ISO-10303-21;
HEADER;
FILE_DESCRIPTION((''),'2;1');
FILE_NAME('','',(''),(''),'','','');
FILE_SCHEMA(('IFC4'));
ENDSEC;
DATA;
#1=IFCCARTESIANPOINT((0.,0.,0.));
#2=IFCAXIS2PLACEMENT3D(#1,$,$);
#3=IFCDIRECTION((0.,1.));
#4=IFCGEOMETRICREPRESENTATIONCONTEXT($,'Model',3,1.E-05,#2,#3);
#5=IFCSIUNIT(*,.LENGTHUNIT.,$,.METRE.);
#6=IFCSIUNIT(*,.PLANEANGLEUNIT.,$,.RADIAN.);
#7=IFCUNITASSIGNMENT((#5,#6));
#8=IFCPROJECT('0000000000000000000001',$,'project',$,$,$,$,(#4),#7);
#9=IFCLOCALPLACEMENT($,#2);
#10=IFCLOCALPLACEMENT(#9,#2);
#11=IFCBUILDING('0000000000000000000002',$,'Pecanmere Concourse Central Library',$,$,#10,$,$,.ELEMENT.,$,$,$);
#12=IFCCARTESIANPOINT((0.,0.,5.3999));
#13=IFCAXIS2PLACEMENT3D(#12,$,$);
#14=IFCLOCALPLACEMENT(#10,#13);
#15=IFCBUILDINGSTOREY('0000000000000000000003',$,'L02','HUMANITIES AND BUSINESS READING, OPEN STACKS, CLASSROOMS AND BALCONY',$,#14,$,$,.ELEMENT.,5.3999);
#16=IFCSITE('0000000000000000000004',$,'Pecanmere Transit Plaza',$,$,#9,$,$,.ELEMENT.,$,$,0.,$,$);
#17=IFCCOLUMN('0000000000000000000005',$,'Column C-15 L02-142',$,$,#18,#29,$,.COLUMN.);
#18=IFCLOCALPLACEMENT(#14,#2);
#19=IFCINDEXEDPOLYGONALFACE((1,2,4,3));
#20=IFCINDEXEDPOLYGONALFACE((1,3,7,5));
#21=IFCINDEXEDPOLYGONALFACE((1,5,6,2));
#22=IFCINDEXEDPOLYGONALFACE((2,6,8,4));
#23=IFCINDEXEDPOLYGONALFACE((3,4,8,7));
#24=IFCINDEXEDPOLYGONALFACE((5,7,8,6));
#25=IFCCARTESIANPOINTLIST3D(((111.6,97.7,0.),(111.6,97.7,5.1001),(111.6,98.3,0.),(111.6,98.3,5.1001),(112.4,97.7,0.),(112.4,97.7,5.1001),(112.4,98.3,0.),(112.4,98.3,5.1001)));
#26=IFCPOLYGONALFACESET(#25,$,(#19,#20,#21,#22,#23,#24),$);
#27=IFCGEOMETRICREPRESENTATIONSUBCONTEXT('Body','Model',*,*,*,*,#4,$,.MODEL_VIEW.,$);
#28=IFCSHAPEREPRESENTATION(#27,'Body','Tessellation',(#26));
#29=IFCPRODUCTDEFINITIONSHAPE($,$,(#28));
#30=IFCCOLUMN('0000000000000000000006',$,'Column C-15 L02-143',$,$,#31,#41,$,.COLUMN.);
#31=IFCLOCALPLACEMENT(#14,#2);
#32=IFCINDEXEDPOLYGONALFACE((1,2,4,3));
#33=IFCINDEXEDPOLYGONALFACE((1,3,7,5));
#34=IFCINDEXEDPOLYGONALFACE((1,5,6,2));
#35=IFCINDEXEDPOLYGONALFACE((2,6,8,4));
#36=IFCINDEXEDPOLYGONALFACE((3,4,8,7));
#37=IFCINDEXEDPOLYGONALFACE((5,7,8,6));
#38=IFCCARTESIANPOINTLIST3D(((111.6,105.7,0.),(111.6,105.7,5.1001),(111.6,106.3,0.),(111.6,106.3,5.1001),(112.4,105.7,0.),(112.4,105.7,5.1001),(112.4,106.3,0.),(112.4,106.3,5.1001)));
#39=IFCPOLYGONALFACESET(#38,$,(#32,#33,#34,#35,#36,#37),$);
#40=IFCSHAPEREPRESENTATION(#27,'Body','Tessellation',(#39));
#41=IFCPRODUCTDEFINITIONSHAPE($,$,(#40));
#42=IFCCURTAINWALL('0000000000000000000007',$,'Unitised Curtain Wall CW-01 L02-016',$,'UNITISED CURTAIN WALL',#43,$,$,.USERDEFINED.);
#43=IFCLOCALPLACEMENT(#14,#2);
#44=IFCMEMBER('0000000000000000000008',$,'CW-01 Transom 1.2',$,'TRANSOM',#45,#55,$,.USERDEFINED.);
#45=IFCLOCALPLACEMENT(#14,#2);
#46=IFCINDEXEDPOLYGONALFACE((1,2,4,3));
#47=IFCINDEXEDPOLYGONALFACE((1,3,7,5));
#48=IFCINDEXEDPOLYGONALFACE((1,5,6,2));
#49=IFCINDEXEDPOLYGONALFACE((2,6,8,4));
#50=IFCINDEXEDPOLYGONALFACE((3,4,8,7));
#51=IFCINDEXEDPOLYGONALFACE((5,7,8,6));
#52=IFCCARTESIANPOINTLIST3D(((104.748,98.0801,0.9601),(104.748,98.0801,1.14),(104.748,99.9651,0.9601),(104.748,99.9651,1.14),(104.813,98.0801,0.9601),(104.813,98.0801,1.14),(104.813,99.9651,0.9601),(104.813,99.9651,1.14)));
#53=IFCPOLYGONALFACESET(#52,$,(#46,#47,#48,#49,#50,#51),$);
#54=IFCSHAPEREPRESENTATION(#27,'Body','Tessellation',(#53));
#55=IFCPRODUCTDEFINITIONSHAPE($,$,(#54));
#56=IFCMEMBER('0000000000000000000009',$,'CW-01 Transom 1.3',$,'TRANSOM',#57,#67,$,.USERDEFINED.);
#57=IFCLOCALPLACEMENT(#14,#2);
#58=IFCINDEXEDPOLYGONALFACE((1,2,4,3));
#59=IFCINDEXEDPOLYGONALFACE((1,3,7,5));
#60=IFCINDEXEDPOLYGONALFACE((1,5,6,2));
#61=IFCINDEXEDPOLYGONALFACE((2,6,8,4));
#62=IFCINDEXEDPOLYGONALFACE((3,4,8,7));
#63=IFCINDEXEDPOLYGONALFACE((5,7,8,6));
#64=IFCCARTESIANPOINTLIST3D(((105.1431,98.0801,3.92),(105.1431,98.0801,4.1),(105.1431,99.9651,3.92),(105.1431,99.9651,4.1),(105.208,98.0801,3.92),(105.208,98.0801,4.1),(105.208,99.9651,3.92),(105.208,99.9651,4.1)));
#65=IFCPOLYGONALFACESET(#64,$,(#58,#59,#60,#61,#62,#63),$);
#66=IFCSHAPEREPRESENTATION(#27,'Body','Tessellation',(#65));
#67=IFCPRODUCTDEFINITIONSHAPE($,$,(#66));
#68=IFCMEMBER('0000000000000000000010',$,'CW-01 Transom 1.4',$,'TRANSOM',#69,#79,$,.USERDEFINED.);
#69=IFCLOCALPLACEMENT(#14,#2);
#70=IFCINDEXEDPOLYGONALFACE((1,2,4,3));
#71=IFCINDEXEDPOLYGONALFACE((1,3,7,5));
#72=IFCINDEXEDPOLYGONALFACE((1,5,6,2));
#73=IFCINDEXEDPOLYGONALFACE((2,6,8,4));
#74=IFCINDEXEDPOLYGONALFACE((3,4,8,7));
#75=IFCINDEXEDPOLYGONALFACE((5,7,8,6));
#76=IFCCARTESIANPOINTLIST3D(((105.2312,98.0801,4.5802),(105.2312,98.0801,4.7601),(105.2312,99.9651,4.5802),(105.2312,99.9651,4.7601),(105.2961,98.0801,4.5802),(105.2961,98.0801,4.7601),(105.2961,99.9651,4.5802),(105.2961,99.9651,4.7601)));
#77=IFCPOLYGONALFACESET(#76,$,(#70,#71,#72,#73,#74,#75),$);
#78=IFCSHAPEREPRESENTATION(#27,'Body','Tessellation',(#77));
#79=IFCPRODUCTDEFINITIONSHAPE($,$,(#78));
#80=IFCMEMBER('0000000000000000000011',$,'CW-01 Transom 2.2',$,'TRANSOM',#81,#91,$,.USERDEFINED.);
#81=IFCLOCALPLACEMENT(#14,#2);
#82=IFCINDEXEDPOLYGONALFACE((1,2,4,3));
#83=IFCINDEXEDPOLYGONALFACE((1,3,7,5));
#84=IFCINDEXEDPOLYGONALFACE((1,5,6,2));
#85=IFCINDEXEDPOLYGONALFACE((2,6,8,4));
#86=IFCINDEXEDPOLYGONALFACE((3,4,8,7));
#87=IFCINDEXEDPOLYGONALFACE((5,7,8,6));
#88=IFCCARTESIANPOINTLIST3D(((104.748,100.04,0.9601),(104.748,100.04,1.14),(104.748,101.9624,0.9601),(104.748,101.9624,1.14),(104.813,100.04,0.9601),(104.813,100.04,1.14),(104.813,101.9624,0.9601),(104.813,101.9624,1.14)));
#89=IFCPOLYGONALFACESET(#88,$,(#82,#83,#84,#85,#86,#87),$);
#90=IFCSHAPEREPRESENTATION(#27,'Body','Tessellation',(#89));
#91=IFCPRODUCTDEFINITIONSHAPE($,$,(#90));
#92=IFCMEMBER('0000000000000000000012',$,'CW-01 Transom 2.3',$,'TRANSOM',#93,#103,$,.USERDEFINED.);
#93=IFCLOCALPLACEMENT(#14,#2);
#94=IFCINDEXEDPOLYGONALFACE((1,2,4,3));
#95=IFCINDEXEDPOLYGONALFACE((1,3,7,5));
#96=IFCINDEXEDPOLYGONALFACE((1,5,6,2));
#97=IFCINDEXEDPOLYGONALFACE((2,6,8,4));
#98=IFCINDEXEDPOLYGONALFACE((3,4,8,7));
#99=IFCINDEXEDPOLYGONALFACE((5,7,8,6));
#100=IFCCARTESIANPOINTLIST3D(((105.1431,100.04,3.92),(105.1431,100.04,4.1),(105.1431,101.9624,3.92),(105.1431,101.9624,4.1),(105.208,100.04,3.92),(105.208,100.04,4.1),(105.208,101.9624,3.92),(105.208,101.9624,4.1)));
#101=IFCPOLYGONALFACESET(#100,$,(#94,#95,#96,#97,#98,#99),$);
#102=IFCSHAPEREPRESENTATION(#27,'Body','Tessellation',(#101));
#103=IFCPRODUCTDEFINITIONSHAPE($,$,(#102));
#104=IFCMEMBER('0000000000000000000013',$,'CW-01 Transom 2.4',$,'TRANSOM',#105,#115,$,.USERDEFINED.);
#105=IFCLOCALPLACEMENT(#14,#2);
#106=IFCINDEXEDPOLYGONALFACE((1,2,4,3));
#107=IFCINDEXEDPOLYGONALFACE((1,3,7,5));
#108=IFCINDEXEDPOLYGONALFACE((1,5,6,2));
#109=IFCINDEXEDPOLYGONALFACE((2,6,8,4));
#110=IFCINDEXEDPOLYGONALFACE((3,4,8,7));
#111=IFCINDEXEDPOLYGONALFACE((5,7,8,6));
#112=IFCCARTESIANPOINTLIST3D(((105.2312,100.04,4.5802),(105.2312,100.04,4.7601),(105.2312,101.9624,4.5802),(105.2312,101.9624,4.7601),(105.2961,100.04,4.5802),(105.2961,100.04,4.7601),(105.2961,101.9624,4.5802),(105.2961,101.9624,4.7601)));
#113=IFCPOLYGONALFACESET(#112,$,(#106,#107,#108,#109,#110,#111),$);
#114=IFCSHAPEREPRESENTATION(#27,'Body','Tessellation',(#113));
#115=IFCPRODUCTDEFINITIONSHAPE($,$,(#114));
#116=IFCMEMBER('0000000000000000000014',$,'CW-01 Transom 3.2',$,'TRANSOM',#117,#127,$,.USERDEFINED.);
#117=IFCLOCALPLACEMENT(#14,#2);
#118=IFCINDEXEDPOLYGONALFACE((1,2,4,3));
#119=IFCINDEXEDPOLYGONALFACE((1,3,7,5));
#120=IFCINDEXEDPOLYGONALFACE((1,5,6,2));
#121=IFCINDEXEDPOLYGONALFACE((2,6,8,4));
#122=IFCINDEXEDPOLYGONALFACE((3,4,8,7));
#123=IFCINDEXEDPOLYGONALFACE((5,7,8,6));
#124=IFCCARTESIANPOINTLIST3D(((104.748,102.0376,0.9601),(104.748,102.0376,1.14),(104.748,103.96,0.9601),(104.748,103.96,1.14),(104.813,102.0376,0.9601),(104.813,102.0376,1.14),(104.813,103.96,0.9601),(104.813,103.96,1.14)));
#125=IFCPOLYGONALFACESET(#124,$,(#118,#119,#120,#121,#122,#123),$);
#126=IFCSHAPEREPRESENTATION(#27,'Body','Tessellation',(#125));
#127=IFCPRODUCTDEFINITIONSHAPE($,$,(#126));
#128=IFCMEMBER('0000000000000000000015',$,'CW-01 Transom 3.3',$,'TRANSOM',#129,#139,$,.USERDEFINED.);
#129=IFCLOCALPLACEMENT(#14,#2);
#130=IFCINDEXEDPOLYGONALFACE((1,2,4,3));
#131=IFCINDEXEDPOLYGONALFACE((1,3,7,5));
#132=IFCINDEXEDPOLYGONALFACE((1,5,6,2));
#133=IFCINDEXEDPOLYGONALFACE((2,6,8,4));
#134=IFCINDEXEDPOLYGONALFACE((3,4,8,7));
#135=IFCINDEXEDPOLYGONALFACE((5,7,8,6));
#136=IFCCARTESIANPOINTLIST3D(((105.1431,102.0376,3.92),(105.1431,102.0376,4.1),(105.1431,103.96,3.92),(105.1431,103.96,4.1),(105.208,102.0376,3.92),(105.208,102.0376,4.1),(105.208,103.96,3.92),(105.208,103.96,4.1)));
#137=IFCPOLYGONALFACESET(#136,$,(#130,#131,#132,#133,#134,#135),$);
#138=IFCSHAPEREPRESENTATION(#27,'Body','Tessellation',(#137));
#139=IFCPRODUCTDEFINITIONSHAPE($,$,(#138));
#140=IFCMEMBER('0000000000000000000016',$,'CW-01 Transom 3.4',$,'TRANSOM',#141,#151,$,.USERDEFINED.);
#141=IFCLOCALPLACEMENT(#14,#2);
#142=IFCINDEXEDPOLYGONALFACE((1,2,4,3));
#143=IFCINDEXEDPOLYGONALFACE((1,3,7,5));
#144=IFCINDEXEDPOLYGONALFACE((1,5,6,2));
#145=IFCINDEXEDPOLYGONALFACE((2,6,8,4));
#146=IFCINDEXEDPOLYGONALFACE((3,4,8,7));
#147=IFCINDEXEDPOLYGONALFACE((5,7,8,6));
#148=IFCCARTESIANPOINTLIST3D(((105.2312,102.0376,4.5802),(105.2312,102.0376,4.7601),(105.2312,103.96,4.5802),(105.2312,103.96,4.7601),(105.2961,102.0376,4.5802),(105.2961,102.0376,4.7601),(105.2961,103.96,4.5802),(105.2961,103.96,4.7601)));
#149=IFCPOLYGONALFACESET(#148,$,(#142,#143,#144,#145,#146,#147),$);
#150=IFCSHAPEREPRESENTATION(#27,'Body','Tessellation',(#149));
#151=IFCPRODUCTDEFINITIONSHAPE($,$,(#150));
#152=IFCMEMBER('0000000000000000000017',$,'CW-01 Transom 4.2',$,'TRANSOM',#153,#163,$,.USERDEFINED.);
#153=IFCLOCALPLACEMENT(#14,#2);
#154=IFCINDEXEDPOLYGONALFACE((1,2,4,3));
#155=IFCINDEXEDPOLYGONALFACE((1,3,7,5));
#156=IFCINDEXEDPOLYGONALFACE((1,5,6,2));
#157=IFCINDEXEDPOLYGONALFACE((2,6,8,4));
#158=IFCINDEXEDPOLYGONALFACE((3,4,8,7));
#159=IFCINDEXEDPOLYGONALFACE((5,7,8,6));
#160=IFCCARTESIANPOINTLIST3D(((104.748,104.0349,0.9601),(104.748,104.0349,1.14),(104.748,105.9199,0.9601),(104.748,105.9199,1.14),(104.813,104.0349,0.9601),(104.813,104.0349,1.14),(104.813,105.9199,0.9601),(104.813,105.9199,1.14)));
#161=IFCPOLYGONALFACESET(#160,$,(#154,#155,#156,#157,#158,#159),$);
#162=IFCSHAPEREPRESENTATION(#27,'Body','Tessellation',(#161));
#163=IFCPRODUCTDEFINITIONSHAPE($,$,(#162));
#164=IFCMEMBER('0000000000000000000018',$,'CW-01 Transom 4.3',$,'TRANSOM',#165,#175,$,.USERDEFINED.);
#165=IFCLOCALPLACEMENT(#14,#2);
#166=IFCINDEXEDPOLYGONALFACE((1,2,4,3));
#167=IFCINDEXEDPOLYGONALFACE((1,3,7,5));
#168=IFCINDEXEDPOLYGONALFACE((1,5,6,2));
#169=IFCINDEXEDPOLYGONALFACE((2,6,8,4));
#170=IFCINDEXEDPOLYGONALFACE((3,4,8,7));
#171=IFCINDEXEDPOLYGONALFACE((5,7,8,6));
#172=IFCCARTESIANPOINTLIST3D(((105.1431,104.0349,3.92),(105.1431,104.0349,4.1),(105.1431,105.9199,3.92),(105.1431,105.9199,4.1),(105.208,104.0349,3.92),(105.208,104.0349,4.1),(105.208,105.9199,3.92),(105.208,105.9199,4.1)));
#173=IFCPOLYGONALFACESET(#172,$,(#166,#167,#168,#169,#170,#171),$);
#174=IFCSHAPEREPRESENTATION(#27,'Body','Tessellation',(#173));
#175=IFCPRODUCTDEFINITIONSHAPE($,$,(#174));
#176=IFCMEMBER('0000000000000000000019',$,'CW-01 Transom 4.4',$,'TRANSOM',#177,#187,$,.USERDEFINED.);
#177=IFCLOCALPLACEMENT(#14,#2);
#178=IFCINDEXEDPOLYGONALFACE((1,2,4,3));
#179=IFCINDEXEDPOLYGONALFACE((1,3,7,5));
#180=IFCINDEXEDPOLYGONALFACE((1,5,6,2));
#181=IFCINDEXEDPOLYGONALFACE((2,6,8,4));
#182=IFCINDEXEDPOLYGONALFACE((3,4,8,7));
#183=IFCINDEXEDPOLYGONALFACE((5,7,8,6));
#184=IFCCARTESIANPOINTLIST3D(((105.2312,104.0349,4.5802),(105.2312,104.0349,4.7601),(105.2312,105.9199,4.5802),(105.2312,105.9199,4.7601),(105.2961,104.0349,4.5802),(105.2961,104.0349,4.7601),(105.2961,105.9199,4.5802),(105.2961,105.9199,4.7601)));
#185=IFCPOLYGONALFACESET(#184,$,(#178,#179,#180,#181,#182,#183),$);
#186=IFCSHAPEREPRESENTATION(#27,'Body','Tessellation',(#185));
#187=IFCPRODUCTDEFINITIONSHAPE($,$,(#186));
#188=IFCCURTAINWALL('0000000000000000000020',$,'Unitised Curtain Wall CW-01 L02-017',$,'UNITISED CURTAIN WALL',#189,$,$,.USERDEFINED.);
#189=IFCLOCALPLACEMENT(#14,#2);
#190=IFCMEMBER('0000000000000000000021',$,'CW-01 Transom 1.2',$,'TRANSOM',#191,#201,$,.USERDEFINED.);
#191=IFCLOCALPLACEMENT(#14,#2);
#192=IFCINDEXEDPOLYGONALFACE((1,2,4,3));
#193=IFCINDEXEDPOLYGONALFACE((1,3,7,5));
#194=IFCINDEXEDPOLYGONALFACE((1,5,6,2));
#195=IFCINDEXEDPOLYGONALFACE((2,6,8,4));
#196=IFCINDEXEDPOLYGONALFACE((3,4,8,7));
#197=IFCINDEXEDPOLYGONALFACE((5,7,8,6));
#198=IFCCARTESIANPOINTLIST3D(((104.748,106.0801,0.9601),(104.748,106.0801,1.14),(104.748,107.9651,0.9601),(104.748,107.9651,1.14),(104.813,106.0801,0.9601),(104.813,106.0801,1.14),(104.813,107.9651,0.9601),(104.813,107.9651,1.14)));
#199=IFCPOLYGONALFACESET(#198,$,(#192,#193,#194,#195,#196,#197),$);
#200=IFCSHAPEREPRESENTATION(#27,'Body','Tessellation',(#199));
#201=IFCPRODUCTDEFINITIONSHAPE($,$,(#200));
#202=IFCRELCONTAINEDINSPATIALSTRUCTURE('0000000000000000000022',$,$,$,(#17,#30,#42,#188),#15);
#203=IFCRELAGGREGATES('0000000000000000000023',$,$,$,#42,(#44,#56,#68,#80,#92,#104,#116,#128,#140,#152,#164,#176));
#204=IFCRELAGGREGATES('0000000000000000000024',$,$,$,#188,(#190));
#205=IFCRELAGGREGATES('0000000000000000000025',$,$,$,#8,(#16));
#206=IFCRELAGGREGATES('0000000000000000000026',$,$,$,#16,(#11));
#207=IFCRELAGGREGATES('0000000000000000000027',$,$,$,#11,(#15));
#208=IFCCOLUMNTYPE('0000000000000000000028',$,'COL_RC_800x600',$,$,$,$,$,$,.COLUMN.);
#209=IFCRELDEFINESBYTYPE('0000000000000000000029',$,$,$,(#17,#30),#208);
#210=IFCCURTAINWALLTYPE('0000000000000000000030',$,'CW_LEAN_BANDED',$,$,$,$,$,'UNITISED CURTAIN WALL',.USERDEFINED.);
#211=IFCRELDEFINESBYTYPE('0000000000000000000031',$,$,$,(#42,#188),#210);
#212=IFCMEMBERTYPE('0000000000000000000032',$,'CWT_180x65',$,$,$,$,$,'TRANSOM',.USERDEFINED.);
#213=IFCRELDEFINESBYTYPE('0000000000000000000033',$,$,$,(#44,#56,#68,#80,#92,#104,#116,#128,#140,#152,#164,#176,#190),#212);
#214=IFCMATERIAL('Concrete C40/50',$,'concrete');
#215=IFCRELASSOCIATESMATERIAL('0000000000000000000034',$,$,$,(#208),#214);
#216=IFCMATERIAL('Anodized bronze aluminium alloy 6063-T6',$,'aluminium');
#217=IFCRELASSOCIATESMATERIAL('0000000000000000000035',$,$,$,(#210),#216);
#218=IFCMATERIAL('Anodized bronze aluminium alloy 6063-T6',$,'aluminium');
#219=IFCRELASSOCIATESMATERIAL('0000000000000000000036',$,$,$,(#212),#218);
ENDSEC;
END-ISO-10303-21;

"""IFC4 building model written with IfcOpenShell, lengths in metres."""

from ifc_helpers import new_model, si_unit, direction, frame, origin, origin_2d, place, context, subcontext, project, spatial, rectangle, extrude, material, material_profile, profile_set, type_object, element, aggregate, save


model = new_model("IFC4")

# Units and contexts
model_context = context("Model", 3, precision=1e-05, world=origin(), true_north=direction((0.0, 1.0)))
body_context = subcontext(model_context, "Body", "Model", "MODEL_VIEW")
ifc_project = project(units=[si_unit("LENGTHUNIT", "METRE"), si_unit("PLANEANGLEUNIT", "RADIAN")], contexts=[model_context])

# Site, building, storey
site_placement = place(None, origin())
site = spatial("IfcSite", under=ifc_project, at=site_placement, Name="Pecanmere Transit Plaza", CompositionType="ELEMENT", RefElevation=0.0)
building_placement = place(site_placement, origin())
building = spatial("IfcBuilding", under=site, at=building_placement, Name="Pecanmere Concourse Central Library", CompositionType="ELEMENT")
storey_placement = place(building_placement, frame((0.0, 0.0, 5.3999)))
storey = spatial("IfcBuildingStorey", under=building, at=storey_placement, Name="L02", Description="HUMANITIES AND BUSINESS READING, OPEN STACKS, CLASSROOMS AND BALCONY", CompositionType="ELEMENT", Elevation=5.3999)

# Columns
ifc_material_1 = material(Name="Concrete C40/50", Category="concrete")
ifc_material_profile_1 = material_profile(ifc_material_1, rectangle(XDim=0.8, YDim=0.6001, at=origin_2d()), Name="RC 800x600")
ifc_profile_set_1 = profile_set([ifc_material_profile_1], Name="Concrete C40/50")
column_type = type_object("IfcColumnType", Name="COL_RC_800x600", PredefinedType="COLUMN", material=ifc_profile_set_1)
for number, where, z_axis, x_axis, name in (
    (1, (112.0, 98.0, 0.0), (0.0, 0.0, 1.0), (1.0, 0.0, 0.0), "Column C-15 L02-142"),
    (2, (112.0, 106.0, 0.0), (0.0, 0.0, 1.0), (1.0, 0.0, 0.0), "Column C-15 L02-143"),
):
    element("IfcColumn", number, at=place(storey_placement, frame(where, z_axis=z_axis, x_axis=x_axis)), inside=storey, type_object=column_type, Name=name, PredefinedType="COLUMN", context=body_context, shape_type="SweptSolid", body=[
        extrude(rectangle(XDim=0.8, YDim=0.6001, at=origin_2d()), origin(), (0.0, 0.0, 1.0), 5.1001),
    ])

# Curtain walls, members
ifc_material_2 = material(Name="Anodized bronze aluminium alloy 6063-T6", Category="aluminium")
curtain_wall_type = type_object("IfcCurtainWallType", Name="CW_LEAN_BANDED", ElementType="UNITISED CURTAIN WALL", PredefinedType="USERDEFINED", material=ifc_material_2)
curtain_wall_1_placement = place(storey_placement, origin())
curtain_wall_1 = element("IfcCurtainWall", 3, at=curtain_wall_1_placement, inside=storey, type_object=curtain_wall_type, Name="Unitised Curtain Wall CW-01 L02-016", ObjectType="UNITISED CURTAIN WALL", PredefinedType="USERDEFINED")
ifc_material_3 = material(Name="Anodized bronze aluminium alloy 6063-T6", Category="aluminium")
ifc_material_profile_2 = material_profile(ifc_material_3, rectangle(XDim=0.0649, YDim=0.1799, at=origin_2d()), Name="AL 65x180")
ifc_profile_set_2 = profile_set([ifc_material_profile_2], Name="Anodized bronze aluminium alloy 6063-T6")
member_type = type_object("IfcMemberType", Name="CWT_180x65", ElementType="TRANSOM", PredefinedType="USERDEFINED", material=ifc_profile_set_2)
member_1_placement = place(storey_placement, frame((104.7805, 98.0801, 1.05), z_axis=(0.0, 1.0, 0.0), x_axis=(-1.0, 0.0, 0.0)))
member_1 = element("IfcMember", 4, at=member_1_placement, type_object=member_type, Name="CW-01 Transom 1.2", ObjectType="TRANSOM", PredefinedType="USERDEFINED", context=body_context, shape_type="SweptSolid", body=[
    extrude(rectangle(XDim=0.0649, YDim=0.1799, at=origin_2d()), origin(), (0.0, 0.0, 1.0), 1.885),
])
member_2_placement = place(storey_placement, frame((105.1755, 98.0801, 4.01), z_axis=(0.0, 1.0, 0.0), x_axis=(-1.0, 0.0, 0.0)))
member_2 = element("IfcMember", 5, at=member_2_placement, type_object=member_type, Name="CW-01 Transom 1.3", ObjectType="TRANSOM", PredefinedType="USERDEFINED", context=body_context, shape_type="SweptSolid", body=[
    extrude(rectangle(XDim=0.0649, YDim=0.1799, at=origin_2d()), origin(), (0.0, 0.0, 1.0), 1.885),
])
member_3_placement = place(storey_placement, frame((105.2637, 98.0801, 4.6702), z_axis=(0.0, 1.0, 0.0), x_axis=(-1.0, 0.0, 0.0)))
member_3 = element("IfcMember", 6, at=member_3_placement, type_object=member_type, Name="CW-01 Transom 1.4", ObjectType="TRANSOM", PredefinedType="USERDEFINED", context=body_context, shape_type="SweptSolid", body=[
    extrude(rectangle(XDim=0.0649, YDim=0.1799, at=origin_2d()), origin(), (0.0, 0.0, 1.0), 1.885),
])
member_4_placement = place(storey_placement, frame((104.7805, 100.04, 1.05), z_axis=(0.0, 1.0, 0.0), x_axis=(-1.0, 0.0, 0.0)))
member_4 = element("IfcMember", 7, at=member_4_placement, type_object=member_type, Name="CW-01 Transom 2.2", ObjectType="TRANSOM", PredefinedType="USERDEFINED", context=body_context, shape_type="SweptSolid", body=[
    extrude(rectangle(XDim=0.0649, YDim=0.1799, at=origin_2d()), origin(), (0.0, 0.0, 1.0), 1.9224),
])
member_5_placement = place(storey_placement, frame((105.1755, 100.04, 4.01), z_axis=(0.0, 1.0, 0.0), x_axis=(-1.0, 0.0, 0.0)))
member_5 = element("IfcMember", 8, at=member_5_placement, type_object=member_type, Name="CW-01 Transom 2.3", ObjectType="TRANSOM", PredefinedType="USERDEFINED", context=body_context, shape_type="SweptSolid", body=[
    extrude(rectangle(XDim=0.0649, YDim=0.1799, at=origin_2d()), origin(), (0.0, 0.0, 1.0), 1.9224),
])
member_6_placement = place(storey_placement, frame((105.2637, 100.04, 4.6702), z_axis=(0.0, 1.0, 0.0), x_axis=(-1.0, 0.0, 0.0)))
member_6 = element("IfcMember", 9, at=member_6_placement, type_object=member_type, Name="CW-01 Transom 2.4", ObjectType="TRANSOM", PredefinedType="USERDEFINED", context=body_context, shape_type="SweptSolid", body=[
    extrude(rectangle(XDim=0.0649, YDim=0.1799, at=origin_2d()), origin(), (0.0, 0.0, 1.0), 1.9224),
])
member_7_placement = place(storey_placement, frame((104.7805, 102.0376, 1.05), z_axis=(0.0, 1.0, 0.0), x_axis=(-1.0, 0.0, 0.0)))
member_7 = element("IfcMember", 10, at=member_7_placement, type_object=member_type, Name="CW-01 Transom 3.2", ObjectType="TRANSOM", PredefinedType="USERDEFINED", context=body_context, shape_type="SweptSolid", body=[
    extrude(rectangle(XDim=0.0649, YDim=0.1799, at=origin_2d()), origin(), (0.0, 0.0, 1.0), 1.9224),
])
member_8_placement = place(storey_placement, frame((105.1755, 102.0376, 4.01), z_axis=(0.0, 1.0, 0.0), x_axis=(-1.0, 0.0, 0.0)))
member_8 = element("IfcMember", 11, at=member_8_placement, type_object=member_type, Name="CW-01 Transom 3.3", ObjectType="TRANSOM", PredefinedType="USERDEFINED", context=body_context, shape_type="SweptSolid", body=[
    extrude(rectangle(XDim=0.0649, YDim=0.1799, at=origin_2d()), origin(), (0.0, 0.0, 1.0), 1.9224),
])
member_9_placement = place(storey_placement, frame((105.2637, 102.0376, 4.6702), z_axis=(0.0, 1.0, 0.0), x_axis=(-1.0, 0.0, 0.0)))
member_9 = element("IfcMember", 12, at=member_9_placement, type_object=member_type, Name="CW-01 Transom 3.4", ObjectType="TRANSOM", PredefinedType="USERDEFINED", context=body_context, shape_type="SweptSolid", body=[
    extrude(rectangle(XDim=0.0649, YDim=0.1799, at=origin_2d()), origin(), (0.0, 0.0, 1.0), 1.9224),
])
member_10_placement = place(storey_placement, frame((104.7805, 104.0349, 1.05), z_axis=(0.0, 1.0, 0.0), x_axis=(-1.0, 0.0, 0.0)))
member_10 = element("IfcMember", 13, at=member_10_placement, type_object=member_type, Name="CW-01 Transom 4.2", ObjectType="TRANSOM", PredefinedType="USERDEFINED", context=body_context, shape_type="SweptSolid", body=[
    extrude(rectangle(XDim=0.0649, YDim=0.1799, at=origin_2d()), origin(), (0.0, 0.0, 1.0), 1.885),
])
member_11_placement = place(storey_placement, frame((105.1755, 104.0349, 4.01), z_axis=(0.0, 1.0, 0.0), x_axis=(-1.0, 0.0, 0.0)))
member_11 = element("IfcMember", 14, at=member_11_placement, type_object=member_type, Name="CW-01 Transom 4.3", ObjectType="TRANSOM", PredefinedType="USERDEFINED", context=body_context, shape_type="SweptSolid", body=[
    extrude(rectangle(XDim=0.0649, YDim=0.1799, at=origin_2d()), origin(), (0.0, 0.0, 1.0), 1.885),
])
member_12_placement = place(storey_placement, frame((105.2637, 104.0349, 4.6702), z_axis=(0.0, 1.0, 0.0), x_axis=(-1.0, 0.0, 0.0)))
member_12 = element("IfcMember", 15, at=member_12_placement, type_object=member_type, Name="CW-01 Transom 4.4", ObjectType="TRANSOM", PredefinedType="USERDEFINED", context=body_context, shape_type="SweptSolid", body=[
    extrude(rectangle(XDim=0.0649, YDim=0.1799, at=origin_2d()), origin(), (0.0, 0.0, 1.0), 1.885),
])
curtain_wall_2_placement = place(storey_placement, origin())
curtain_wall_2 = element("IfcCurtainWall", 16, at=curtain_wall_2_placement, inside=storey, type_object=curtain_wall_type, Name="Unitised Curtain Wall CW-01 L02-017", ObjectType="UNITISED CURTAIN WALL", PredefinedType="USERDEFINED")
member_13_placement = place(storey_placement, frame((104.7805, 106.0801, 1.05), z_axis=(0.0, 1.0, 0.0), x_axis=(-1.0, 0.0, 0.0)))
member_13 = element("IfcMember", 17, at=member_13_placement, type_object=member_type, Name="CW-01 Transom 1.2", ObjectType="TRANSOM", PredefinedType="USERDEFINED", context=body_context, shape_type="SweptSolid", body=[
    extrude(rectangle(XDim=0.0649, YDim=0.1799, at=origin_2d()), origin(), (0.0, 0.0, 1.0), 1.885),
])

aggregate(curtain_wall_1, [member_1, member_2, member_3, member_4, member_5, member_6, member_7, member_8, member_9, member_10, member_11, member_12])
aggregate(curtain_wall_2, [member_13])

save(model, "model.ifc")
